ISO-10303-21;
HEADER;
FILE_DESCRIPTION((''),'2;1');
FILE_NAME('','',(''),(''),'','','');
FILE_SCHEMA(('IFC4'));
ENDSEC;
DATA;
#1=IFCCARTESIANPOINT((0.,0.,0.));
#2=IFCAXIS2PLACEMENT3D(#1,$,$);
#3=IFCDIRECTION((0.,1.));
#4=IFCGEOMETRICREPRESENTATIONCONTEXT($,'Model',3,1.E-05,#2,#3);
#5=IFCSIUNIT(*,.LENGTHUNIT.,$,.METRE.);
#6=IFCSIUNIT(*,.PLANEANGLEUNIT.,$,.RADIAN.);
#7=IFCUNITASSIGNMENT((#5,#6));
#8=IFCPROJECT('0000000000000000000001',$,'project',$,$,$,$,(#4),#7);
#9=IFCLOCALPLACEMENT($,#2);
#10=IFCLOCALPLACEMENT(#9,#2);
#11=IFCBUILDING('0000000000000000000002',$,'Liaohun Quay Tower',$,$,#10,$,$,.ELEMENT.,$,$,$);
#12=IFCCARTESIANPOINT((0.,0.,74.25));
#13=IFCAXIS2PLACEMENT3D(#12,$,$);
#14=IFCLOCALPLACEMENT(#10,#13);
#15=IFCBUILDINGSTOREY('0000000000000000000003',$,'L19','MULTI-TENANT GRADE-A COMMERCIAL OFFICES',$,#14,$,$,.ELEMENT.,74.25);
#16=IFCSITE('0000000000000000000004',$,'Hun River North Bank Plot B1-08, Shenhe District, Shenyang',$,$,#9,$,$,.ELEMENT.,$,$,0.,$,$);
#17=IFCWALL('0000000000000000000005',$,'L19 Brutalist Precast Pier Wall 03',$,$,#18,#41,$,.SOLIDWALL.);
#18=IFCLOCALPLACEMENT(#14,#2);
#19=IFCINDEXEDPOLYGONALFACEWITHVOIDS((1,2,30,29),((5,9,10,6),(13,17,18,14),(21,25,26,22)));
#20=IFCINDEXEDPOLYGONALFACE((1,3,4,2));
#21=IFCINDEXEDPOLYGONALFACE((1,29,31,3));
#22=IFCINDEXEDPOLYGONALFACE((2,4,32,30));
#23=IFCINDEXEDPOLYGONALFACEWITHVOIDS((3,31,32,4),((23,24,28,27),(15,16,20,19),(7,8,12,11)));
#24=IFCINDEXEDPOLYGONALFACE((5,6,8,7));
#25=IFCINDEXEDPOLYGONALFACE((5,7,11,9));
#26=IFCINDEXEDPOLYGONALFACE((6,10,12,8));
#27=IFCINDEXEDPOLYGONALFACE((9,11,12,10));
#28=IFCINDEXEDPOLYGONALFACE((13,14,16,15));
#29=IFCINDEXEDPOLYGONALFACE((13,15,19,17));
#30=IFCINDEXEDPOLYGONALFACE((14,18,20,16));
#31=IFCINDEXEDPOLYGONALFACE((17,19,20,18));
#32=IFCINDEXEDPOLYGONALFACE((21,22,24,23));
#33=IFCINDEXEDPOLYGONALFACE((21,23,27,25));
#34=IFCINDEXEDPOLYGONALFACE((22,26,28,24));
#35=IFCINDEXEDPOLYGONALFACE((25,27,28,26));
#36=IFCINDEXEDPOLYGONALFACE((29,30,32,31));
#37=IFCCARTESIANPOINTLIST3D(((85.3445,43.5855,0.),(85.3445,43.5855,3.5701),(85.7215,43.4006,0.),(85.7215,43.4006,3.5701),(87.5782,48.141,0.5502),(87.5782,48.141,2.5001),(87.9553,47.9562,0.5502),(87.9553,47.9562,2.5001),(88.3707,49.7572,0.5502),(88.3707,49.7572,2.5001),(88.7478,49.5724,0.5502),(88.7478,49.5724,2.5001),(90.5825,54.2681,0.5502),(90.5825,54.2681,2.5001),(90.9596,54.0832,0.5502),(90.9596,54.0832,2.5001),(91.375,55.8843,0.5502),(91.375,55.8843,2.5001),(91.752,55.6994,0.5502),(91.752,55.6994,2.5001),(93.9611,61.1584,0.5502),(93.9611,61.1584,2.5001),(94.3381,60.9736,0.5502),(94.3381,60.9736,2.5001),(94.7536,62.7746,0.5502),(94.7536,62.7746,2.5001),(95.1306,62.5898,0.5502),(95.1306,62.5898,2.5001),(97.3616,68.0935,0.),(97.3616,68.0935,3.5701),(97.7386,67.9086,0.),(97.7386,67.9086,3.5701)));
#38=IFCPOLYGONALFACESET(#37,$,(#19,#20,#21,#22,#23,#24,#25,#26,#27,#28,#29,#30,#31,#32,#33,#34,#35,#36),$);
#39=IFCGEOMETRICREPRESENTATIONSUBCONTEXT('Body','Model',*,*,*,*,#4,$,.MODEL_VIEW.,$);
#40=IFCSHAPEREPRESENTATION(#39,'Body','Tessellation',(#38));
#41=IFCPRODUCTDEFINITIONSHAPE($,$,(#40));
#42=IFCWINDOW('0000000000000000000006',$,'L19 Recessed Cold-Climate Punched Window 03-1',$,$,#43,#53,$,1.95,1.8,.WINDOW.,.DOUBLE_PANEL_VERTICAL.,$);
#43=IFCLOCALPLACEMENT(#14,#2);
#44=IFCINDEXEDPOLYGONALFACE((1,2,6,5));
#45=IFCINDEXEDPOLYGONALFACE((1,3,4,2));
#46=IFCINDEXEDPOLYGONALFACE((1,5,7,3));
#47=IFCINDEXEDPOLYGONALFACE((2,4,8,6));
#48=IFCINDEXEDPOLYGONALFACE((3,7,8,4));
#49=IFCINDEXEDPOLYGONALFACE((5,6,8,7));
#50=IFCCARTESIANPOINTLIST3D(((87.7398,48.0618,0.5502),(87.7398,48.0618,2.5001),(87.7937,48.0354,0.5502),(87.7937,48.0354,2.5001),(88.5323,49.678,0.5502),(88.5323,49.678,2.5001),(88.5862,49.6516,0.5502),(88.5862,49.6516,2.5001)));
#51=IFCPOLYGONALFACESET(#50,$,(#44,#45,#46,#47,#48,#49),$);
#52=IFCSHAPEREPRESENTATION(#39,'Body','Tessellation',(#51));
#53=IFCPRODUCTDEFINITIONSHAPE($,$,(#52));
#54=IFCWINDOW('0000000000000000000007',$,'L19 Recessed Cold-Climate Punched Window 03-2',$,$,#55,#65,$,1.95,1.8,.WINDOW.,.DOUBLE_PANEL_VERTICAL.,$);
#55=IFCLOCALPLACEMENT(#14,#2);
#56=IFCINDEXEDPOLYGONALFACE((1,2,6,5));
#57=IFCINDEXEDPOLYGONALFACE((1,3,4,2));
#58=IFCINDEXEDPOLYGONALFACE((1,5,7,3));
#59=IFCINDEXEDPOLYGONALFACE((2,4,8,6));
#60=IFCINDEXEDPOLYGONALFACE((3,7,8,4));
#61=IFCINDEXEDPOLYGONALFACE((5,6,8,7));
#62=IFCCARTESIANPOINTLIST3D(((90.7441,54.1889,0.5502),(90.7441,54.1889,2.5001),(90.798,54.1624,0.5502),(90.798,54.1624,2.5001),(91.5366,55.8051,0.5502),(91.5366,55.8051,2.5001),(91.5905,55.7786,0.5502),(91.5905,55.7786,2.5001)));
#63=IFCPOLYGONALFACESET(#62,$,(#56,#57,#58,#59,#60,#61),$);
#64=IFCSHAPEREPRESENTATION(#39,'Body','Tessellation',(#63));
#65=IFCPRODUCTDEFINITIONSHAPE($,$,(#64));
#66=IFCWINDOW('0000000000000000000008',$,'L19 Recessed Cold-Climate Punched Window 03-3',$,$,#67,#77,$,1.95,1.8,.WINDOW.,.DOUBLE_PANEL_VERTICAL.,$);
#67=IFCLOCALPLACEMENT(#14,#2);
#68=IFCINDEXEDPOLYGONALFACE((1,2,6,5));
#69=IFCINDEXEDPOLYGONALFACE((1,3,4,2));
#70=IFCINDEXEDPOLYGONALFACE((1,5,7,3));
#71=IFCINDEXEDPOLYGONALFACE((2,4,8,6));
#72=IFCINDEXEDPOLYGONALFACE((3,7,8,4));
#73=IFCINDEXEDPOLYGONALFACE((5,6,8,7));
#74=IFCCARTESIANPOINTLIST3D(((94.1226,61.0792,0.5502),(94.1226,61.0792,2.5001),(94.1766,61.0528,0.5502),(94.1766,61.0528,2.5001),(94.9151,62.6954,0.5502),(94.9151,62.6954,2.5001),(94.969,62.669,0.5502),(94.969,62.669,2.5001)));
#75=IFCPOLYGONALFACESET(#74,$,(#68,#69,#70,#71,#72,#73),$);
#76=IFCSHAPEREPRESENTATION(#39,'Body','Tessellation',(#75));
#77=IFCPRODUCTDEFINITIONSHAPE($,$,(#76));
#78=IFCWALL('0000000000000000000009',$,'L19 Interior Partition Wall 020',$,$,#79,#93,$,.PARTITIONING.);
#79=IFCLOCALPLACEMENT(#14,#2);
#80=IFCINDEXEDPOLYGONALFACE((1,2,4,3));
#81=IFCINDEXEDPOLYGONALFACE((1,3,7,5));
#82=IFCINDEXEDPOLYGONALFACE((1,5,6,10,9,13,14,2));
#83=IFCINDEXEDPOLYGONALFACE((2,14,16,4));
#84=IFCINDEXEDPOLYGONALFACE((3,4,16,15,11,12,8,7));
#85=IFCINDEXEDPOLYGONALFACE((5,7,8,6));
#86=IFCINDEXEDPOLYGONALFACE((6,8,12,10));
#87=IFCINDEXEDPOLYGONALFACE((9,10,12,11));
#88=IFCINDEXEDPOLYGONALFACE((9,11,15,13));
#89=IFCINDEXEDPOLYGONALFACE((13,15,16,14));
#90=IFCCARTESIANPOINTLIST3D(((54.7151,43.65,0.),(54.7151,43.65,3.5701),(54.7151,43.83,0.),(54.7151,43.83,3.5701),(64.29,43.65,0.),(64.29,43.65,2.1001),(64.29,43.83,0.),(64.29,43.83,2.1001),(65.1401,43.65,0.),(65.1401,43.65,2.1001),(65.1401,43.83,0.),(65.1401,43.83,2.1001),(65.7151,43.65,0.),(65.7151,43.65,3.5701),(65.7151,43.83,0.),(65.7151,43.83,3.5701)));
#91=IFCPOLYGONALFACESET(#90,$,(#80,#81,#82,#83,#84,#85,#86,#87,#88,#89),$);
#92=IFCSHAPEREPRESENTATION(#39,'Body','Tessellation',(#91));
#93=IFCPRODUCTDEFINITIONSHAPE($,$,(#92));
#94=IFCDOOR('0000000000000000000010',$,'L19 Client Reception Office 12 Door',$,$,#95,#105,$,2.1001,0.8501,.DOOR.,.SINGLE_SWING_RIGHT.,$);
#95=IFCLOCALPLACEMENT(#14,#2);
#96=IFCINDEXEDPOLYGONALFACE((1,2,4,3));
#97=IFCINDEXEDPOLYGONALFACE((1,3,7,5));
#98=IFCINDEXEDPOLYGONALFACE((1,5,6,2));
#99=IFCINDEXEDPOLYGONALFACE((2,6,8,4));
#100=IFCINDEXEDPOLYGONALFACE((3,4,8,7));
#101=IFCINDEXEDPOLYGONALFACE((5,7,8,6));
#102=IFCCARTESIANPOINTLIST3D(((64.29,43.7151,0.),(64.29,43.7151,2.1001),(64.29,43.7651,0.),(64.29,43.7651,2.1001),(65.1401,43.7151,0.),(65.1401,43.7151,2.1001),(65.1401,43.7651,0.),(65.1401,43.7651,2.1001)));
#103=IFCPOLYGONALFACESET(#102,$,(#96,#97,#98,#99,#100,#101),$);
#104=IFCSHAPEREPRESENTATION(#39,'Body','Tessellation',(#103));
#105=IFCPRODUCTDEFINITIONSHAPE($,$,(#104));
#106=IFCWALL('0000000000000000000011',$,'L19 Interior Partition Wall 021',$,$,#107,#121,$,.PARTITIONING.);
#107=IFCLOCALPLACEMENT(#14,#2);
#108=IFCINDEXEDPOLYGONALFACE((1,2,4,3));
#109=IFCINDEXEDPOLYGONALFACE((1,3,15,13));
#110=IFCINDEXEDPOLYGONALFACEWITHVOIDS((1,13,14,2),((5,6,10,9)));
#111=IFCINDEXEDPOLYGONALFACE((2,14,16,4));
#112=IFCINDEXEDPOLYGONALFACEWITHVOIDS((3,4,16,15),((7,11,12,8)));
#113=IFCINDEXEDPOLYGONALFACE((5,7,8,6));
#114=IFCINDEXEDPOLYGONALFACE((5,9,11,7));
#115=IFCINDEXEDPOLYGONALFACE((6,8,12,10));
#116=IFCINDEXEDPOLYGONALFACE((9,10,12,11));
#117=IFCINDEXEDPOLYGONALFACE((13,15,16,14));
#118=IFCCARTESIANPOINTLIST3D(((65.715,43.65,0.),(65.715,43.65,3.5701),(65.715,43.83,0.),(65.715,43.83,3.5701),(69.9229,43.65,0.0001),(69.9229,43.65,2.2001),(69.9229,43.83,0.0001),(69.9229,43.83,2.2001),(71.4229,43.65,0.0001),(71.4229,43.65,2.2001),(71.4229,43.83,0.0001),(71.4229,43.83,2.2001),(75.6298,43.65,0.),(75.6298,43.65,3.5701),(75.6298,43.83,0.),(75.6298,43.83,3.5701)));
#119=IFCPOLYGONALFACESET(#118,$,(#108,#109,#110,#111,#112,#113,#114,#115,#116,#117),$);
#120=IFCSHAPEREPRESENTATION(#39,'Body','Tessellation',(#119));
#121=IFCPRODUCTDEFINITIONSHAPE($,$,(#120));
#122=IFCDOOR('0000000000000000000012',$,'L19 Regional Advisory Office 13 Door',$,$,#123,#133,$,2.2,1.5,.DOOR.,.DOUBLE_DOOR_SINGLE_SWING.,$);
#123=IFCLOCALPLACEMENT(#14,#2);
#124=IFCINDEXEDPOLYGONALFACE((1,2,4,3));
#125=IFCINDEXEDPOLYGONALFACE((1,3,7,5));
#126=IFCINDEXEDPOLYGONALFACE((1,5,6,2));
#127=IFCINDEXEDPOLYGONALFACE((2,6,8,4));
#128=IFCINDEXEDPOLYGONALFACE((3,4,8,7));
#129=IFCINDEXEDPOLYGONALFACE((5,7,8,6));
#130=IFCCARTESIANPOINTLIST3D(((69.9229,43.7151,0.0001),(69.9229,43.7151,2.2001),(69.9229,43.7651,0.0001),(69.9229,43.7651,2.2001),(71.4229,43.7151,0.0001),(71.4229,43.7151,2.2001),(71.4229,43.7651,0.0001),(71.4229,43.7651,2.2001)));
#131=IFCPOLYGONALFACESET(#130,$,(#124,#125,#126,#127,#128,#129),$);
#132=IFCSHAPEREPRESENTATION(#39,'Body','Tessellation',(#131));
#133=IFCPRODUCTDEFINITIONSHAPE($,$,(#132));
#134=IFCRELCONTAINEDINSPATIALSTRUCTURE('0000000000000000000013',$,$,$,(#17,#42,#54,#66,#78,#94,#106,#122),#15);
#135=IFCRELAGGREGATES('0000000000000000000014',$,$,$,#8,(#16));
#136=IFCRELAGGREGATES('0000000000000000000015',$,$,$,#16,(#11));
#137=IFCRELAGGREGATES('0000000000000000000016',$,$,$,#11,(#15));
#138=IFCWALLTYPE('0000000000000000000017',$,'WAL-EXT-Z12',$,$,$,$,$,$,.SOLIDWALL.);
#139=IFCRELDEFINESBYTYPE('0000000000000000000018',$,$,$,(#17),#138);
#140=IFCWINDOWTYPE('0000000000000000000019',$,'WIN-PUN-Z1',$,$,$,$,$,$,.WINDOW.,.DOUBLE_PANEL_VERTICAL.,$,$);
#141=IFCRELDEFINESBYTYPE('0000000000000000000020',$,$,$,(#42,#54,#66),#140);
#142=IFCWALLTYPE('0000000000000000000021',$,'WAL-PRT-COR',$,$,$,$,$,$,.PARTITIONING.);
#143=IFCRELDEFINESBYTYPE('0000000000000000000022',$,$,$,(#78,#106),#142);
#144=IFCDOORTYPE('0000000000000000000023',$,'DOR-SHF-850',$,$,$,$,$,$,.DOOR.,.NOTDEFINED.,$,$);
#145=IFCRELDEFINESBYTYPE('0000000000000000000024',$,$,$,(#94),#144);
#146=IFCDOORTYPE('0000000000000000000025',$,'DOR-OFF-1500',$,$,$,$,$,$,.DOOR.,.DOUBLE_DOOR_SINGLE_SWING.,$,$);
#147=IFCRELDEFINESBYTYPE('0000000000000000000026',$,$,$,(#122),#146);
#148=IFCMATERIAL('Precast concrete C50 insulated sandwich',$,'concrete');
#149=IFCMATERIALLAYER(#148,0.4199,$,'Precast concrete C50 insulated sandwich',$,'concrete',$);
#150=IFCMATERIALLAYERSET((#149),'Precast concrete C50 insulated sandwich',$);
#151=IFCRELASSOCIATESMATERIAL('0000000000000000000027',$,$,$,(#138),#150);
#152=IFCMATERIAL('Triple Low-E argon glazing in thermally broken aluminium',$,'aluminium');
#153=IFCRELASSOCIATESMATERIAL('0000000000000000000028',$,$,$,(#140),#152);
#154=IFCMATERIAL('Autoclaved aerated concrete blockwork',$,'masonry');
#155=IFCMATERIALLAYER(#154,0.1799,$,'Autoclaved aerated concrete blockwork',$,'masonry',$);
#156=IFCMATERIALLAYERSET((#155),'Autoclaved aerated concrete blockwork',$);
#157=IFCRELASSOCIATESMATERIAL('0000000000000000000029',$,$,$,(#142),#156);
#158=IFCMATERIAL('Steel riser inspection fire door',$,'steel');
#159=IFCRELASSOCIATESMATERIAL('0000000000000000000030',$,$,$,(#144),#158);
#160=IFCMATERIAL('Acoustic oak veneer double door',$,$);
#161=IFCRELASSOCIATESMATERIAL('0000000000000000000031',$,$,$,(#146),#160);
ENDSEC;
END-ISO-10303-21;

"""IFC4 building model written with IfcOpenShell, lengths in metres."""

from ifc_helpers import new_model, si_unit, direction, frame, frame_2d, origin, place, context, subcontext, project, spatial, rectangle, extrude, source, transform, mapped, material, layer, layer_set, type_object, element, fill, save


model = new_model("IFC4")

# Units and contexts
model_context = context("Model", 3, precision=1e-05, world=origin(), true_north=direction((0.0, 1.0)))
body_context = subcontext(model_context, "Body", "Model", "MODEL_VIEW")
ifc_project = project(units=[si_unit("LENGTHUNIT", "METRE"), si_unit("PLANEANGLEUNIT", "RADIAN")], contexts=[model_context])

# Site, building, storey
site_placement = place(None, origin())
site = spatial("IfcSite", under=ifc_project, at=site_placement, Name="Hun River North Bank Plot B1-08, Shenhe District, Shenyang", CompositionType="ELEMENT", RefElevation=0.0)
building_placement = place(site_placement, origin())
building = spatial("IfcBuilding", under=site, at=building_placement, Name="Liaohun Quay Tower", CompositionType="ELEMENT")
storey_placement = place(building_placement, frame((0.0, 0.0, 74.25)))
storey = spatial("IfcBuildingStorey", under=building, at=storey_placement, Name="L19", Description="MULTI-TENANT GRADE-A COMMERCIAL OFFICES", CompositionType="ELEMENT", Elevation=74.25)

# Shared definitions
ifc_material_1 = material(Name="Precast concrete C50 insulated sandwich", Category="concrete")
ifc_layer_1 = layer(ifc_material_1, 0.4199, Name="Precast concrete C50 insulated sandwich", Category="concrete")
ifc_layer_set_1 = layer_set([ifc_layer_1], Name="Precast concrete C50 insulated sandwich")
wall_type_1 = type_object("IfcWallType", Name="WAL-EXT-Z12", PredefinedType="SOLIDWALL", material=ifc_layer_set_1)

# Wall, openings, windows
shared_shape_1 = source(origin(), body_context, "Body", "SweptSolid", [
    extrude(rectangle(XDim=1.8, YDim=1.95, at=frame_2d((0.8999, 0.9751))), frame((0.0, 0.22, 0.0), z_axis=(0.0, -1.0, 0.0), x_axis=(1.0, 0.0, 0.0)), (0.0, 0.0, 1.0), 0.4399),
])
ifc_material_2 = material(Name="Triple Low-E argon glazing in thermally broken aluminium", Category="aluminium")
window_type_1 = type_object("IfcWindowType", Name="WIN-PUN-Z1", PartitioningType="DOUBLE_PANEL_VERTICAL", PredefinedType="WINDOW", material=ifc_material_2)
shared_shape_2 = source(origin(), body_context, "Body", "SweptSolid", [
    extrude(rectangle(XDim=1.8, YDim=1.95, at=frame_2d((0.8999, 0.9751))), frame((0.0, 0.03, 0.0), z_axis=(0.0, -1.0, 0.0), x_axis=(1.0, 0.0, 0.0)), (0.0, 0.0, 1.0), 0.0601),
])
wall_1_placement = place(storey_placement, frame((85.533, 43.4929, 0.0), z_axis=(0.0, 0.0, 1.0), x_axis=(0.440256, 0.897872, 0.0)))
wall_1 = element("IfcWall", 1, at=wall_1_placement, inside=storey, type_object=wall_type_1, Name="L19 Brutalist Precast Pier Wall 03", PredefinedType="SOLIDWALL", context=body_context, shape_type="SweptSolid", body=[
    extrude(rectangle(XDim=27.2957, YDim=0.4199, at=frame_2d((13.6479, 0.0))), origin(), (0.0, 0.0, 1.0), 3.5701),
])
opening_1_placement = place(wall_1_placement, frame((5.074, 0.0, 0.55)))
opening_1 = element("IfcOpeningElement", 2, at=opening_1_placement, cuts=wall_1, PredefinedType="OPENING", context=body_context, shape_type="MappedRepresentation", body=[
    mapped(shared_shape_1, transform((0.0, 0.0, 0.0), x_axis=(1.0, 0.0, 0.0), y_axis=(0.0, 1.0, 0.0), z_axis=(0.0, 0.0, 1.0), scale=1.0)),
])
opening_2_placement = place(wall_1_placement, frame((11.8979, 0.0, 0.55)))
opening_2 = element("IfcOpeningElement", 3, at=opening_2_placement, cuts=wall_1, PredefinedType="OPENING", context=body_context, shape_type="MappedRepresentation", body=[
    mapped(shared_shape_1, transform((0.0, 0.0, 0.0), x_axis=(1.0, 0.0, 0.0), y_axis=(0.0, 1.0, 0.0), z_axis=(0.0, 0.0, 1.0), scale=1.0)),
])
opening_3_placement = place(wall_1_placement, frame((19.572, 0.0, 0.55)))
opening_3 = element("IfcOpeningElement", 4, at=opening_3_placement, cuts=wall_1, PredefinedType="OPENING", context=body_context, shape_type="MappedRepresentation", body=[
    mapped(shared_shape_1, transform((0.0, 0.0, 0.0), x_axis=(1.0, 0.0, 0.0), y_axis=(0.0, 1.0, 0.0), z_axis=(0.0, 0.0, 1.0), scale=1.0)),
])
window_1_placement = place(opening_1_placement, origin())
window_1 = element("IfcWindow", 5, at=window_1_placement, inside=storey, type_object=window_type_1, Name="L19 Recessed Cold-Climate Punched Window 03-1", OverallHeight=1.95, OverallWidth=1.8, PartitioningType="DOUBLE_PANEL_VERTICAL", PredefinedType="WINDOW", context=body_context, shape_type="MappedRepresentation", body=[
    mapped(shared_shape_2, transform((0.0, 0.0, 0.0), x_axis=(1.0, 0.0, 0.0), y_axis=(0.0, 1.0, 0.0), z_axis=(0.0, 0.0, 1.0), scale=1.0)),
])
fill(opening_1, window_1)
window_2_placement = place(opening_2_placement, origin())
window_2 = element("IfcWindow", 6, at=window_2_placement, inside=storey, type_object=window_type_1, Name="L19 Recessed Cold-Climate Punched Window 03-2", OverallHeight=1.95, OverallWidth=1.8, PartitioningType="DOUBLE_PANEL_VERTICAL", PredefinedType="WINDOW", context=body_context, shape_type="MappedRepresentation", body=[
    mapped(shared_shape_2, transform((0.0, 0.0, 0.0), x_axis=(1.0, 0.0, 0.0), y_axis=(0.0, 1.0, 0.0), z_axis=(0.0, 0.0, 1.0), scale=1.0)),
])
fill(opening_2, window_2)
window_3_placement = place(opening_3_placement, origin())
window_3 = element("IfcWindow", 7, at=window_3_placement, inside=storey, type_object=window_type_1, Name="L19 Recessed Cold-Climate Punched Window 03-3", OverallHeight=1.95, OverallWidth=1.8, PartitioningType="DOUBLE_PANEL_VERTICAL", PredefinedType="WINDOW", context=body_context, shape_type="MappedRepresentation", body=[
    mapped(shared_shape_2, transform((0.0, 0.0, 0.0), x_axis=(1.0, 0.0, 0.0), y_axis=(0.0, 1.0, 0.0), z_axis=(0.0, 0.0, 1.0), scale=1.0)),
])
fill(opening_3, window_3)

# Walls, openings, doors
ifc_material_3 = material(Name="Autoclaved aerated concrete blockwork", Category="masonry")
ifc_layer_2 = layer(ifc_material_3, 0.1799, Name="Autoclaved aerated concrete blockwork", Category="masonry")
ifc_layer_set_2 = layer_set([ifc_layer_2], Name="Autoclaved aerated concrete blockwork")
wall_type_2 = type_object("IfcWallType", Name="WAL-PRT-COR", PredefinedType="PARTITIONING", material=ifc_layer_set_2)
wall_2_placement = place(storey_placement, frame((65.7151, 43.74, 0.0), z_axis=(0.0, 0.0, 1.0), x_axis=(-1.0, 0.0, 0.0)))
wall_2 = element("IfcWall", 8, at=wall_2_placement, inside=storey, type_object=wall_type_2, Name="L19 Interior Partition Wall 020", PredefinedType="PARTITIONING", context=body_context, shape_type="SweptSolid", body=[
    extrude(rectangle(XDim=11.0, YDim=0.1799, at=frame_2d((5.5, 0.0))), origin(), (0.0, 0.0, 1.0), 3.5701),
])
shared_shape_3 = source(origin(), body_context, "Body", "SweptSolid", [
    extrude(rectangle(XDim=0.8501, YDim=2.1001, at=frame_2d((0.425, 1.05))), frame((0.0, 0.0999, 0.0), z_axis=(0.0, -1.0, 0.0), x_axis=(1.0, 0.0, 0.0)), (0.0, 0.0, 1.0), 0.2),
])
opening_4_placement = place(wall_2_placement, frame((0.575, 0.0, 0.0)))
opening_4 = element("IfcOpeningElement", 9, at=opening_4_placement, cuts=wall_2, PredefinedType="OPENING", context=body_context, shape_type="MappedRepresentation", body=[
    mapped(shared_shape_3, transform((0.0, 0.0, 0.0), x_axis=(1.0, 0.0, 0.0), y_axis=(0.0, 1.0, 0.0), z_axis=(0.0, 0.0, 1.0), scale=1.0)),
])
ifc_material_4 = material(Name="Steel riser inspection fire door", Category="steel")
door_type_1 = type_object("IfcDoorType", Name="DOR-SHF-850", OperationType="NOTDEFINED", PredefinedType="DOOR", material=ifc_material_4)
shared_shape_4 = source(origin(), body_context, "Body", "SweptSolid", [
    extrude(rectangle(XDim=0.8501, YDim=2.1001, at=frame_2d((0.425, 1.05))), frame((0.0, 0.0249, 0.0), z_axis=(0.0, -1.0, 0.0), x_axis=(1.0, 0.0, 0.0)), (0.0, 0.0, 1.0), 0.05),
])
door_1_placement = place(opening_4_placement, origin())
door_1 = element("IfcDoor", 10, at=door_1_placement, inside=storey, type_object=door_type_1, Name="L19 Client Reception Office 12 Door", OperationType="SINGLE_SWING_RIGHT", OverallHeight=2.1001, OverallWidth=0.8501, PredefinedType="DOOR", context=body_context, shape_type="MappedRepresentation", body=[
    mapped(shared_shape_4, transform((0.0, 0.0, 0.0), x_axis=(1.0, 0.0, 0.0), y_axis=(0.0, 1.0, 0.0), z_axis=(0.0, 0.0, 1.0), scale=1.0)),
])
fill(opening_4, door_1)
wall_3_placement = place(storey_placement, frame((75.6299, 43.74, 0.0), z_axis=(0.0, 0.0, 1.0), x_axis=(-1.0, 0.0, 0.0)))
wall_3 = element("IfcWall", 11, at=wall_3_placement, inside=storey, type_object=wall_type_2, Name="L19 Interior Partition Wall 021", PredefinedType="PARTITIONING", context=body_context, shape_type="SweptSolid", body=[
    extrude(rectangle(XDim=9.9148, YDim=0.1799, at=frame_2d((4.9575, 0.0))), origin(), (0.0, 0.0, 1.0), 3.5701),
])
shared_shape_5 = source(origin(), body_context, "Body", "SweptSolid", [
    extrude(rectangle(XDim=1.5, YDim=2.2, at=frame_2d((0.75, 1.1001))), frame((0.0, 0.0999, 0.0), z_axis=(0.0, -1.0, 0.0), x_axis=(1.0, 0.0, 0.0)), (0.0, 0.0, 1.0), 0.2),
])
opening_5_placement = place(wall_3_placement, frame((4.207, 0.0, 0.0)))
opening_5 = element("IfcOpeningElement", 12, at=opening_5_placement, cuts=wall_3, PredefinedType="OPENING", context=body_context, shape_type="MappedRepresentation", body=[
    mapped(shared_shape_5, transform((0.0, 0.0, 0.0), x_axis=(1.0, 0.0, 0.0), y_axis=(0.0, 1.0, 0.0), z_axis=(0.0, 0.0, 1.0), scale=1.0)),
])
ifc_material_5 = material(Name="Acoustic oak veneer double door")
door_type_2 = type_object("IfcDoorType", Name="DOR-OFF-1500", OperationType="DOUBLE_DOOR_SINGLE_SWING", PredefinedType="DOOR", material=ifc_material_5)
shared_shape_6 = source(origin(), body_context, "Body", "SweptSolid", [
    extrude(rectangle(XDim=1.5, YDim=2.2, at=frame_2d((0.75, 1.1001))), frame((0.0, 0.0249, 0.0), z_axis=(0.0, -1.0, 0.0), x_axis=(1.0, 0.0, 0.0)), (0.0, 0.0, 1.0), 0.05),
])
door_2_placement = place(opening_5_placement, origin())
door_2 = element("IfcDoor", 13, at=door_2_placement, inside=storey, type_object=door_type_2, Name="L19 Regional Advisory Office 13 Door", OperationType="DOUBLE_DOOR_SINGLE_SWING", OverallHeight=2.2, OverallWidth=1.5, PredefinedType="DOOR", context=body_context, shape_type="MappedRepresentation", body=[
    mapped(shared_shape_6, transform((0.0, 0.0, 0.0), x_axis=(1.0, 0.0, 0.0), y_axis=(0.0, 1.0, 0.0), z_axis=(0.0, 0.0, 1.0), scale=1.0)),
])
fill(opening_5, door_2)

save(model, "model.ifc")
